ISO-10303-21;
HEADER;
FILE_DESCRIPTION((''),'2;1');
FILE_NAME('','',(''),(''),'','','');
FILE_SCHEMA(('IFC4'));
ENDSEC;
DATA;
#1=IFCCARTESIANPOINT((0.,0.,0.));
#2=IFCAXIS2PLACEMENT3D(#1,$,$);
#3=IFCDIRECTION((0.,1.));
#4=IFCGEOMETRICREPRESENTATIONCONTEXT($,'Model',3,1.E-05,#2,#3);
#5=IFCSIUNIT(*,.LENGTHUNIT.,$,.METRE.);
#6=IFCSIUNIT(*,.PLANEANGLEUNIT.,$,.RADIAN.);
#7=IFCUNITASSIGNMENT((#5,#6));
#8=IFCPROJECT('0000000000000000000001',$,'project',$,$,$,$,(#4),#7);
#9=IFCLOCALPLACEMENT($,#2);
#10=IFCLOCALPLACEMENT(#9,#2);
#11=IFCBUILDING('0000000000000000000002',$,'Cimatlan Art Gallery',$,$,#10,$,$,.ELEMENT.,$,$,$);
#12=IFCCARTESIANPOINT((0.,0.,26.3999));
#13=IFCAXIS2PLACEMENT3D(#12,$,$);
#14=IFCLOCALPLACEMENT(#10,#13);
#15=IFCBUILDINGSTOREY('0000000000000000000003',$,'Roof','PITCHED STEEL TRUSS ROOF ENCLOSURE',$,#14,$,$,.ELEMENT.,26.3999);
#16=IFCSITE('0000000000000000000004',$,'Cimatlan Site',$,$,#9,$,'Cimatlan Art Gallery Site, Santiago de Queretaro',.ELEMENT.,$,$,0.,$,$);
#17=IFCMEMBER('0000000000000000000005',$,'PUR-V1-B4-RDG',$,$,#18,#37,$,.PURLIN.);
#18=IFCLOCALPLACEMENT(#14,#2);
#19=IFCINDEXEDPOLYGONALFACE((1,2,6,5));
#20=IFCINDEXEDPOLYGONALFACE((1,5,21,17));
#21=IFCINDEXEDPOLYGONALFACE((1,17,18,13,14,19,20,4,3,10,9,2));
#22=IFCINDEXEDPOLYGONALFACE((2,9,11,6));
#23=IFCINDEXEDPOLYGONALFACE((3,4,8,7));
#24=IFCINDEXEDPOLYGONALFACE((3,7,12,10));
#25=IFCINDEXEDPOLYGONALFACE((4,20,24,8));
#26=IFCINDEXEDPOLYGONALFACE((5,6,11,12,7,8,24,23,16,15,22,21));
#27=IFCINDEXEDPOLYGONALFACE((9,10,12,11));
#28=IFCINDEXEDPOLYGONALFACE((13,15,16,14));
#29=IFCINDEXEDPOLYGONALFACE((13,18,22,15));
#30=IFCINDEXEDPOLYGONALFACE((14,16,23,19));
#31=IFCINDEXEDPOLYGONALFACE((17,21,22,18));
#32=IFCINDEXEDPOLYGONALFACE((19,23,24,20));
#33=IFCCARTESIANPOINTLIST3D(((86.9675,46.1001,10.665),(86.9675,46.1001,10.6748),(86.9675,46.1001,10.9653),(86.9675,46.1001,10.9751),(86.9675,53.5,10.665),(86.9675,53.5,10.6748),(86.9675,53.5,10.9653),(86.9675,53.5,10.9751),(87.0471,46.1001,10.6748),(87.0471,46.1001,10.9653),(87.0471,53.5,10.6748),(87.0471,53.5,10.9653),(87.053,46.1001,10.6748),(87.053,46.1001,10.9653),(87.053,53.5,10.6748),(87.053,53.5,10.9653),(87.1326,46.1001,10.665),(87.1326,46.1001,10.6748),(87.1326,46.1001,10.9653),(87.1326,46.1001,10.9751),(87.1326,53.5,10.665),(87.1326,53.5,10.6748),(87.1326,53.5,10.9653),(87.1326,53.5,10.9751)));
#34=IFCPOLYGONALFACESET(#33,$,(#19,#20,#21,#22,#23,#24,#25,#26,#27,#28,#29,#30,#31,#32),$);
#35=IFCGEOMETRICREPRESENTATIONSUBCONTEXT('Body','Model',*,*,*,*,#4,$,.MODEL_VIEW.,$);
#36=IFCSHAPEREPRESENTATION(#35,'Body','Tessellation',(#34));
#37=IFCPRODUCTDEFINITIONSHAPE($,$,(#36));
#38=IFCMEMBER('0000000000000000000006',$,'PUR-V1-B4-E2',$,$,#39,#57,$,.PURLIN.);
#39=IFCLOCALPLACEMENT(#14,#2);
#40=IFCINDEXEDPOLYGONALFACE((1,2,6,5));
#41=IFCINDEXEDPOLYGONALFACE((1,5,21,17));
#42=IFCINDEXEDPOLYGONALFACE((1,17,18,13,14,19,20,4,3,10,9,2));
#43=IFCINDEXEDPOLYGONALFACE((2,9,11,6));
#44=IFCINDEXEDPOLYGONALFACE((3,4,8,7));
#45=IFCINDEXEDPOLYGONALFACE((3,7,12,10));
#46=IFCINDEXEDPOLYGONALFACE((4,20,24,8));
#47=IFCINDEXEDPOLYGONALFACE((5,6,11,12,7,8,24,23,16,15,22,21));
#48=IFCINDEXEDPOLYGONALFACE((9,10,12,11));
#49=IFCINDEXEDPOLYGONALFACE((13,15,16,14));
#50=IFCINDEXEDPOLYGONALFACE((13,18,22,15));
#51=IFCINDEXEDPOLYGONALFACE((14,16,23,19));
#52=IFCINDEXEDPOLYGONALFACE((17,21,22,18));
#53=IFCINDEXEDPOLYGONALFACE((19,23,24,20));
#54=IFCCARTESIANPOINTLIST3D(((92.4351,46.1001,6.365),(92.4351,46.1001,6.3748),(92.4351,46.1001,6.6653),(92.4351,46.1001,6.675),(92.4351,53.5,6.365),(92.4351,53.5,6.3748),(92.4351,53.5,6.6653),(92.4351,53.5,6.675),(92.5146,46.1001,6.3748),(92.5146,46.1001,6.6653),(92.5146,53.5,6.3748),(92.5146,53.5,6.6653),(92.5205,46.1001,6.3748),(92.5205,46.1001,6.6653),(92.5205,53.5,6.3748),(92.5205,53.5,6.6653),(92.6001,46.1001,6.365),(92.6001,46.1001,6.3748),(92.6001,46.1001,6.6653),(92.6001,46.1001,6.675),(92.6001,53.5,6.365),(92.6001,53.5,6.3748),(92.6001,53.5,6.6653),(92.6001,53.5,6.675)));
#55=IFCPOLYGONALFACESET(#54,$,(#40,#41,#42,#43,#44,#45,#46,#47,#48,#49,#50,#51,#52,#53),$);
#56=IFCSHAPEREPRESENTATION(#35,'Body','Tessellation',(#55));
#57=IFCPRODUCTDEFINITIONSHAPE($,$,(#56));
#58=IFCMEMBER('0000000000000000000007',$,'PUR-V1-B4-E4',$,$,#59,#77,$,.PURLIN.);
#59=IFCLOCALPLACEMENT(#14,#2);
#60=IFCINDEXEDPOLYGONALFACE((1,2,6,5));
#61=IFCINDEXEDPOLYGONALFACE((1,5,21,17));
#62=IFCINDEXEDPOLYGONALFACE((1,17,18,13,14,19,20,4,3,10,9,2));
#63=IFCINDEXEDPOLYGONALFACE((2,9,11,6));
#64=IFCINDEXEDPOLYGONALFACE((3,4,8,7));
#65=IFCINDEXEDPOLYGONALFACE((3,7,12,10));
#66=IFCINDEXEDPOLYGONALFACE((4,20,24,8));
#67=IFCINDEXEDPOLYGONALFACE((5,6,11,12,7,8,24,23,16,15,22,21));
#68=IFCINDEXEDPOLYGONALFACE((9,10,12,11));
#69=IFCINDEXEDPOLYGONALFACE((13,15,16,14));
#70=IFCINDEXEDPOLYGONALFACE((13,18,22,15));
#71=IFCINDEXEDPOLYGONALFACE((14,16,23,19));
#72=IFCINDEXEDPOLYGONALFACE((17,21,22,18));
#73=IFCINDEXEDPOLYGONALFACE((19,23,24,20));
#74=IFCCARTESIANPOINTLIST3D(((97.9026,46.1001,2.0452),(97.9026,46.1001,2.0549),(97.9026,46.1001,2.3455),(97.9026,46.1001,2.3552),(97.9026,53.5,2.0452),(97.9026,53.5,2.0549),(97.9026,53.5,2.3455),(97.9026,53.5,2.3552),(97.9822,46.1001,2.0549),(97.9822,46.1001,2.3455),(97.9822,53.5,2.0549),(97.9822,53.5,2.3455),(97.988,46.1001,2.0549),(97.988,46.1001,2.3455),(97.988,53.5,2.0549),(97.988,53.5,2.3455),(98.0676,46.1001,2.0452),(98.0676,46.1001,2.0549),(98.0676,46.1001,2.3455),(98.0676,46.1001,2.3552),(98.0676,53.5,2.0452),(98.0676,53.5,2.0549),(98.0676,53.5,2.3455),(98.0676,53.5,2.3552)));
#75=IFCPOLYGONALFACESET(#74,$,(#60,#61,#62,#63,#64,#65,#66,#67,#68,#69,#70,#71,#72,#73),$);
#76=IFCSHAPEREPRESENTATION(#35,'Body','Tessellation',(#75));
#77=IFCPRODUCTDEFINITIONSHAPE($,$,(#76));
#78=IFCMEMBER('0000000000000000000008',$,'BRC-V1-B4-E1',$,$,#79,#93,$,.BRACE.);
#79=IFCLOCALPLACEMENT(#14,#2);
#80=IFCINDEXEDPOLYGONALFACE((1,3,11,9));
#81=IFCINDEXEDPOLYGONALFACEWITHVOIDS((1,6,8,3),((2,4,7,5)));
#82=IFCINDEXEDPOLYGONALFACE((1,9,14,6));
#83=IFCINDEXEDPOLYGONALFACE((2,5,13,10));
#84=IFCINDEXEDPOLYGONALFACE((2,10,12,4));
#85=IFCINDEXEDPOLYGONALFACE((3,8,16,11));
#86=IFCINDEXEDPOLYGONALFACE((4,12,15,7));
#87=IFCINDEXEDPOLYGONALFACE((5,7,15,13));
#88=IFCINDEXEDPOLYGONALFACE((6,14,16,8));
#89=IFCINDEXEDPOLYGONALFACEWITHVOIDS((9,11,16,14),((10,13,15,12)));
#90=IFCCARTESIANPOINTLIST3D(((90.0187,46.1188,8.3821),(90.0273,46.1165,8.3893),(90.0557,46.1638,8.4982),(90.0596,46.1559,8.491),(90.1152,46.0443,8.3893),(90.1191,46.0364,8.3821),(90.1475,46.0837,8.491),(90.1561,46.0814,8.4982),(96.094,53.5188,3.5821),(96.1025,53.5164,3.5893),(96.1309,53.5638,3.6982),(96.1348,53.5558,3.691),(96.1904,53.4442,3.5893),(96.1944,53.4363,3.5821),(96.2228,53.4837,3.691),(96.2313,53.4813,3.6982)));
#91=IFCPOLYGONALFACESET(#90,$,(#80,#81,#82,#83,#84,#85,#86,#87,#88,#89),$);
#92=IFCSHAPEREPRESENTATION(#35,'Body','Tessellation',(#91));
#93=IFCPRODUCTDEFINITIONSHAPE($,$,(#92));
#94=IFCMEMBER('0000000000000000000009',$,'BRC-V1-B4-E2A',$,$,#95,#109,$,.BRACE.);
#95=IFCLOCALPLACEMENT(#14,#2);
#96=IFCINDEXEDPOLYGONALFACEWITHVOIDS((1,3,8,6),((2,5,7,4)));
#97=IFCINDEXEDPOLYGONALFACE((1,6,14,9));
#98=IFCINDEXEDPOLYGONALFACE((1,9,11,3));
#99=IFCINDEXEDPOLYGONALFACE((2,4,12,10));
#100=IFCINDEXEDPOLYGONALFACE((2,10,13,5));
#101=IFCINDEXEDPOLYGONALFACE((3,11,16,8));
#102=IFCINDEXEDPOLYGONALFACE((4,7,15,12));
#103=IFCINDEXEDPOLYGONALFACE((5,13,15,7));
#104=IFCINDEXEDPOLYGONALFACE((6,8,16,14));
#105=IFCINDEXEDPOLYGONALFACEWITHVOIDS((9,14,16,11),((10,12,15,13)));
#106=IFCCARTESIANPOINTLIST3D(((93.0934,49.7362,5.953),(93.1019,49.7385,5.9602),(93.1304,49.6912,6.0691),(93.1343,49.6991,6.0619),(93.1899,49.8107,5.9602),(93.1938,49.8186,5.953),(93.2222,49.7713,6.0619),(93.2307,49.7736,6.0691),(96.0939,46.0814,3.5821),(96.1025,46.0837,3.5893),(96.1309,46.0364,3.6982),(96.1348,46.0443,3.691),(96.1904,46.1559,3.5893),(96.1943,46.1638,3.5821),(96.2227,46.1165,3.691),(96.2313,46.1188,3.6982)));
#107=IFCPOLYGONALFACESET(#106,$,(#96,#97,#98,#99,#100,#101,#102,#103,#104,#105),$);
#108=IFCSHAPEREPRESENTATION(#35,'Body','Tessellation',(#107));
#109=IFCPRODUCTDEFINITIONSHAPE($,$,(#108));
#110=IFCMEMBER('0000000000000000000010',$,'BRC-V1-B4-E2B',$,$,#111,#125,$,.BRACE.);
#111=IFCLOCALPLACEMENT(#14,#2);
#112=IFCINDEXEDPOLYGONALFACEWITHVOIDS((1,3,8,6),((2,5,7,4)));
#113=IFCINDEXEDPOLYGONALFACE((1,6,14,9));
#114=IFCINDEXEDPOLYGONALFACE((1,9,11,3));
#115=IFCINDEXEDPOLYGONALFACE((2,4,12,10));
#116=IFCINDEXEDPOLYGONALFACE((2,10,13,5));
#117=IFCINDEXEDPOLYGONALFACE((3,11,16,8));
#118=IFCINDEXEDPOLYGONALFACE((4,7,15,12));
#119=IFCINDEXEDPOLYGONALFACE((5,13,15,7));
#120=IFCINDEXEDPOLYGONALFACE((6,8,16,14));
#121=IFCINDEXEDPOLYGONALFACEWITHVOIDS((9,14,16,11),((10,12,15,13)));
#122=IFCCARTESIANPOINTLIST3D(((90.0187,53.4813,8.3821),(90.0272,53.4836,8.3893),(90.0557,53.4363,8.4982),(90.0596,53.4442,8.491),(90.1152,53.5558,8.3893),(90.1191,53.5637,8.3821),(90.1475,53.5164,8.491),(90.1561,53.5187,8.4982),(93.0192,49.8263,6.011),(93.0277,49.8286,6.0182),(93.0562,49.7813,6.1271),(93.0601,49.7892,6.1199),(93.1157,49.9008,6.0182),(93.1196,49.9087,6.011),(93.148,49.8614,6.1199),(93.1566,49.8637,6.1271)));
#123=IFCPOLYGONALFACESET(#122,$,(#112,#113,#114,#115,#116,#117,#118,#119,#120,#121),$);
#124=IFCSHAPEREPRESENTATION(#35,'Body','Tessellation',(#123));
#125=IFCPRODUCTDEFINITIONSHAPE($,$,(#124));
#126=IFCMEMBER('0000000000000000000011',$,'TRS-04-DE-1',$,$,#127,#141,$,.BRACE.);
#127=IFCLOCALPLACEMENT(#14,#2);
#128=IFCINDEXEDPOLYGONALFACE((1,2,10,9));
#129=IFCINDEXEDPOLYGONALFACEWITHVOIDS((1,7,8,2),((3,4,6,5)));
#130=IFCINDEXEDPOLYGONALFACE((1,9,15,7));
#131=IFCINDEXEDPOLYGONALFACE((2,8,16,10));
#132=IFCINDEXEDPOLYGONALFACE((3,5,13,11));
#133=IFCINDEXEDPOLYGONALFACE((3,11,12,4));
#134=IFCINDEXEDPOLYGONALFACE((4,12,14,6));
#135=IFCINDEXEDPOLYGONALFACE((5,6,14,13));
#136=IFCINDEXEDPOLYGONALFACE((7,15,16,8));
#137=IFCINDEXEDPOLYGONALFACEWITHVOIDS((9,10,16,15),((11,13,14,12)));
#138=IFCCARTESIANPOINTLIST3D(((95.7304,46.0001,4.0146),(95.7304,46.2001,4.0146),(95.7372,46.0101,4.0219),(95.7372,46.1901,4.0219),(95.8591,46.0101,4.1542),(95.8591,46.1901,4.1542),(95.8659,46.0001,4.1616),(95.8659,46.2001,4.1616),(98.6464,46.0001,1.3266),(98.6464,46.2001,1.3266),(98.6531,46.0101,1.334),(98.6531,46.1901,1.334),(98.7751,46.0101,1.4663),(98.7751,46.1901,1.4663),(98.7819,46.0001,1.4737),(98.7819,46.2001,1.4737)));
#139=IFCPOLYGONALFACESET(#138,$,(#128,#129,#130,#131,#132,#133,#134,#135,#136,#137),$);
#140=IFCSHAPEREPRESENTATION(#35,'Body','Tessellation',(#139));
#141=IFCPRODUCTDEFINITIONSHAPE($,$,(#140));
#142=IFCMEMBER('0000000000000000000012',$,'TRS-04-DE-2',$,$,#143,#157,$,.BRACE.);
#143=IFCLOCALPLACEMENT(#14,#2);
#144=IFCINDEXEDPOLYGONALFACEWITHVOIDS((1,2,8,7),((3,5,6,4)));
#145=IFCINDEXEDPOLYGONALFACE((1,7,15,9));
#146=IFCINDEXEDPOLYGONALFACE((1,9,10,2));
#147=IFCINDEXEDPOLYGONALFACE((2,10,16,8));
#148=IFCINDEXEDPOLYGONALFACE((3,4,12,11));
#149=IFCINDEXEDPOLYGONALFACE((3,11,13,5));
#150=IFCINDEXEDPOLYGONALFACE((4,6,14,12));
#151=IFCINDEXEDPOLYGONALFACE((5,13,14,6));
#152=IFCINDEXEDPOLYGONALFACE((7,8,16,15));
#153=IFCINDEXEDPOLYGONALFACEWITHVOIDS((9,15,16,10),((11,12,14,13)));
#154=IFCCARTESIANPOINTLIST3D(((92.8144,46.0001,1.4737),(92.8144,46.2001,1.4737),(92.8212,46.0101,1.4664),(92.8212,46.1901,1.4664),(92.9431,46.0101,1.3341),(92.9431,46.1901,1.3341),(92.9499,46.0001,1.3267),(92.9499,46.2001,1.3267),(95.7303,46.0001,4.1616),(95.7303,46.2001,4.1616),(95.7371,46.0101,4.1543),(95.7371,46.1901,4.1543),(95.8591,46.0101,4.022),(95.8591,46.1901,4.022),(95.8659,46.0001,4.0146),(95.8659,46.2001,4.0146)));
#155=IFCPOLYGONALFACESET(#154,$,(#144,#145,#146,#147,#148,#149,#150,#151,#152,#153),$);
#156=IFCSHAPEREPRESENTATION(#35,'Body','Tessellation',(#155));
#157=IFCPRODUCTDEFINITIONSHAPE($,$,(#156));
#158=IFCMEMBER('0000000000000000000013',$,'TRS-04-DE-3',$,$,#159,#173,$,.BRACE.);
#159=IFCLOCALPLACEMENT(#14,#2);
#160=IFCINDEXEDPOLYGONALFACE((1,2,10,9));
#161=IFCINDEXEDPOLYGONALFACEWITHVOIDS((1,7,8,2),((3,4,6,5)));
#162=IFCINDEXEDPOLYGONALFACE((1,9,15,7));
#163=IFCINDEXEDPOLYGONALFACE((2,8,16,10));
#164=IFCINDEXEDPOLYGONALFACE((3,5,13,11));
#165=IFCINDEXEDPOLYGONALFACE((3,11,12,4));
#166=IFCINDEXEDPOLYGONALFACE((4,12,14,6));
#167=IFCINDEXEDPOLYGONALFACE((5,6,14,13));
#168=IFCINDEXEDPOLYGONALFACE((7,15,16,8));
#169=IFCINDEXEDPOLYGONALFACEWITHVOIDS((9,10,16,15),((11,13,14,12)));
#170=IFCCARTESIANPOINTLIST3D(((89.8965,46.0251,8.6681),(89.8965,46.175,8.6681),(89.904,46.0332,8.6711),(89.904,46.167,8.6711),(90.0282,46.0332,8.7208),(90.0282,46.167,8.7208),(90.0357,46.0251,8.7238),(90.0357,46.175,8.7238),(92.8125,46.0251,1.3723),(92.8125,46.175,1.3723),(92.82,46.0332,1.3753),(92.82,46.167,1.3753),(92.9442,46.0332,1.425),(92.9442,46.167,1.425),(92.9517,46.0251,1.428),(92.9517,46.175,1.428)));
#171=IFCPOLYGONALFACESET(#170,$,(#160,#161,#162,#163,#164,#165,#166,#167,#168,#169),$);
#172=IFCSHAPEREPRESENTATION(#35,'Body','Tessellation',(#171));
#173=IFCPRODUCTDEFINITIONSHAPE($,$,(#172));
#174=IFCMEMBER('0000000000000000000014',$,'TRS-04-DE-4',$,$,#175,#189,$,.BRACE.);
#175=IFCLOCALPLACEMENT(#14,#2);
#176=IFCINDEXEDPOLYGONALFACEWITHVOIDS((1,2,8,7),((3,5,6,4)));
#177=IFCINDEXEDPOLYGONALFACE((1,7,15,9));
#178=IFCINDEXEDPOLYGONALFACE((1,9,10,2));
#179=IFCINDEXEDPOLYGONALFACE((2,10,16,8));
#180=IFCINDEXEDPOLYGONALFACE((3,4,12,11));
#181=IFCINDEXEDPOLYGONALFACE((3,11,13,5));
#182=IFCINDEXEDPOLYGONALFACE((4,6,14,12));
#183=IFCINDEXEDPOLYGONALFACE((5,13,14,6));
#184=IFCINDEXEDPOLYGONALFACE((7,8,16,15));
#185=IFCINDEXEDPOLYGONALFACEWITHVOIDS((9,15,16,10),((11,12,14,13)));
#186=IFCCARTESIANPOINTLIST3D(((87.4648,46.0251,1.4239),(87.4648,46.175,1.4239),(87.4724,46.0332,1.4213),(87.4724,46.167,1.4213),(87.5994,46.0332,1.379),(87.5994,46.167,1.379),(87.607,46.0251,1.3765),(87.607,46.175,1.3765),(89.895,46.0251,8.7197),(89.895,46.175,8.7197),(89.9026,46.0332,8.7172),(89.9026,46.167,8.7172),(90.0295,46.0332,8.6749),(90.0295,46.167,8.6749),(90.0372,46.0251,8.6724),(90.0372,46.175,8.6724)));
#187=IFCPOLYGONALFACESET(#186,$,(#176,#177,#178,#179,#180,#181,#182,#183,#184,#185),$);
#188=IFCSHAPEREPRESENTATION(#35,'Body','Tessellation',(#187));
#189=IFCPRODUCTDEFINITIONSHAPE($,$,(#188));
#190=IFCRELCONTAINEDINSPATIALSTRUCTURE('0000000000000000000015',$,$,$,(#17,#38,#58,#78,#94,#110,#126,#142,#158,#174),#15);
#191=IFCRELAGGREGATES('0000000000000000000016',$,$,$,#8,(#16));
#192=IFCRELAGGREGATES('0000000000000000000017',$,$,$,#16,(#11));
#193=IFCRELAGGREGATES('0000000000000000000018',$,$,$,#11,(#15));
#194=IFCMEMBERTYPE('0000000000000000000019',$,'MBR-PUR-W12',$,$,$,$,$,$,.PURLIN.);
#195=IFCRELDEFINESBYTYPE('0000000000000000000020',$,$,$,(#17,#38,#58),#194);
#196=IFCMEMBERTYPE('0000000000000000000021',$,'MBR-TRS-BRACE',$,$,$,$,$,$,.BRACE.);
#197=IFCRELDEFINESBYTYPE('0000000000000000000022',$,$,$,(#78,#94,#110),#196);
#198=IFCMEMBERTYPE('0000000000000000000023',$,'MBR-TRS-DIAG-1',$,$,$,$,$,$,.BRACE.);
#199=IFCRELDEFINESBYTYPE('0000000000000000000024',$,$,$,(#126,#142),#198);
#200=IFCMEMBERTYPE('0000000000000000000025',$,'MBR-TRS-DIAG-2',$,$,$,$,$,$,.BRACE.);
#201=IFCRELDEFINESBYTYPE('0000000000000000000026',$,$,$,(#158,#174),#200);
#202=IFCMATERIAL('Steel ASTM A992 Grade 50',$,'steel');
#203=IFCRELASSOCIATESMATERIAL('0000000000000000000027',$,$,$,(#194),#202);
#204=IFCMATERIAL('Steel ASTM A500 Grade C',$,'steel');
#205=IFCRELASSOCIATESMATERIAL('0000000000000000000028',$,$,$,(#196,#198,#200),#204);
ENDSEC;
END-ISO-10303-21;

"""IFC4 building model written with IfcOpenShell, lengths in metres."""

from ifc_helpers import new_model, si_unit, direction, frame, origin, origin_2d, place, context, subcontext, project, spatial, hollow_rectangle, i_section, extrude, material, material_profile, profile_set, type_object, element, save


model = new_model("IFC4")

# Units and contexts
model_context = context("Model", 3, precision=1e-05, world=origin(), true_north=direction((0.0, 1.0)))
body_context = subcontext(model_context, "Body", "Model", "MODEL_VIEW")
ifc_project = project(units=[si_unit("LENGTHUNIT", "METRE"), si_unit("PLANEANGLEUNIT", "RADIAN")], contexts=[model_context])

# Site, building, storey
site_placement = place(None, origin())
site = spatial("IfcSite", under=ifc_project, at=site_placement, Name="Cimatlan Site", LongName="Cimatlan Art Gallery Site, Santiago de Queretaro", CompositionType="ELEMENT", RefElevation=0.0)
building_placement = place(site_placement, origin())
building = spatial("IfcBuilding", under=site, at=building_placement, Name="Cimatlan Art Gallery", CompositionType="ELEMENT")
storey_placement = place(building_placement, frame((0.0, 0.0, 26.3999)))
storey = spatial("IfcBuildingStorey", under=building, at=storey_placement, Name="Roof", Description="PITCHED STEEL TRUSS ROOF ENCLOSURE", CompositionType="ELEMENT", Elevation=26.3999)

# Shared definitions
ifc_material_1 = material(Name="Steel ASTM A992 Grade 50", Category="steel")

# Members
ifc_material_2 = material(Name="Steel ASTM A500 Grade C", Category="steel")
ifc_material_profile_1 = material_profile(ifc_material_1, i_section(OverallWidth=0.165, OverallDepth=0.3101, WebThickness=0.0059, FlangeThickness=0.0098, at=origin_2d()), Name="W12X26")
ifc_profile_set_1 = profile_set([ifc_material_profile_1], Name="Steel ASTM A992 Grade 50")
member_type_1 = type_object("IfcMemberType", Name="MBR-PUR-W12", PredefinedType="PURLIN", material=ifc_profile_set_1)
for number, where, z_axis, x_axis, name in (
    (1, (87.05, 46.1001, 10.8201), (0.0, 1.0, 0.0), (-1.0, 0.0, 0.0), "PUR-V1-B4-RDG"),
    (2, (92.5176, 46.1001, 6.52), (0.0, 1.0, 0.0), (-1.0, 0.0, 0.0), "PUR-V1-B4-E2"),
    (3, (97.9851, 46.1001, 2.2002), (0.0, 1.0, 0.0), (-1.0, 0.0, 0.0), "PUR-V1-B4-E4"),
):
    element("IfcMember", number, at=place(storey_placement, frame(where, z_axis=z_axis, x_axis=x_axis)), inside=storey, type_object=member_type_1, Name=name, PredefinedType="PURLIN", context=body_context, shape_type="SweptSolid", body=[
        extrude(i_section(OverallWidth=0.165, OverallDepth=0.3101, WebThickness=0.0059, FlangeThickness=0.0098, at=origin_2d()), origin(), (0.0, 0.0, 1.0), 7.3999),
    ])
ifc_material_profile_2 = material_profile(ifc_material_2, hollow_rectangle(XDim=0.1299, YDim=0.1299, WallThickness=0.0081, at=origin_2d()), Name="HSS130X130X8")
ifc_profile_set_2 = profile_set([ifc_material_profile_2], Name="Steel ASTM A500 Grade C")
member_type_2 = type_object("IfcMemberType", Name="MBR-TRS-BRACE", PredefinedType="BRACE", material=ifc_profile_set_2)
member_1_placement = place(storey_placement, frame((90.0874, 46.1001, 8.4402), z_axis=(0.567238, 0.690925, -0.448178), x_axis=(-0.772895, 0.634534, 0.0)))
element("IfcMember", 4, at=member_1_placement, inside=storey, type_object=member_type_2, Name="BRC-V1-B4-E1", PredefinedType="BRACE", context=body_context, shape_type="SweptSolid", body=[
    extrude(hollow_rectangle(XDim=0.1299, YDim=0.1299, WallThickness=0.0081, at=origin_2d()), origin(), (0.0, 0.0, 1.0), 10.7102),
])
member_2_placement = place(storey_placement, frame((96.1626, 46.1001, 3.6401), z_axis=(-0.567228, 0.69092, 0.448198), x_axis=(-0.772898, -0.63453, 0.0)))
element("IfcMember", 5, at=member_2_placement, inside=storey, type_object=member_type_2, Name="BRC-V1-B4-E2A", PredefinedType="BRACE", context=body_context, shape_type="SweptSolid", body=[
    extrude(hollow_rectangle(XDim=0.1299, YDim=0.1299, WallThickness=0.0081, at=origin_2d()), origin(), (0.0, 0.0, 1.0), 5.2898),
])
member_3_placement = place(storey_placement, frame((93.0879, 49.845, 6.0691), z_axis=(-0.567198, 0.69093, 0.448221), x_axis=(-0.772919, -0.634505, 0.0)))
element("IfcMember", 6, at=member_3_placement, inside=storey, type_object=member_type_2, Name="BRC-V1-B4-E2B", PredefinedType="BRACE", context=body_context, shape_type="SweptSolid", body=[
    extrude(hollow_rectangle(XDim=0.1299, YDim=0.1299, WallThickness=0.0081, at=origin_2d()), origin(), (0.0, 0.0, 1.0), 5.29),
])
ifc_material_profile_3 = material_profile(ifc_material_2, hollow_rectangle(XDim=0.2, YDim=0.2, WallThickness=0.01, at=origin_2d()), Name="HSS200X200X10")
ifc_profile_set_3 = profile_set([ifc_material_profile_3], Name="Steel ASTM A500 Grade C")
member_type_3 = type_object("IfcMemberType", Name="MBR-TRS-DIAG-1", PredefinedType="BRACE", material=ifc_profile_set_3)
for number, where, z_axis, x_axis, name in (
    (7, (98.7141, 46.1001, 1.4001), (-0.735271, 0.0, 0.677774), (0.0, -1.0, 0.0), "TRS-04-DE-1"),
    (8, (95.7981, 46.1001, 4.0881), (-0.735271, 0.0, -0.677774), (0.0, -1.0, 0.0), "TRS-04-DE-2"),
):
    element("IfcMember", number, at=place(storey_placement, frame(where, z_axis=z_axis, x_axis=x_axis)), inside=storey, type_object=member_type_3, Name=name, PredefinedType="BRACE", context=body_context, shape_type="SweptSolid", body=[
        extrude(hollow_rectangle(XDim=0.2, YDim=0.2, WallThickness=0.01, at=origin_2d()), origin(), (0.0, 0.0, 1.0), 3.9658),
    ])
ifc_material_profile_4 = material_profile(ifc_material_2, hollow_rectangle(XDim=0.1499, YDim=0.1499, WallThickness=0.0081, at=origin_2d()), Name="HSS150X150X8")
ifc_profile_set_4 = profile_set([ifc_material_profile_4], Name="Steel ASTM A500 Grade C")
member_type_4 = type_object("IfcMemberType", Name="MBR-TRS-DIAG-2", PredefinedType="BRACE", material=ifc_profile_set_4)
member_4_placement = place(storey_placement, frame((92.8821, 46.1001, 1.4001), z_axis=(-0.371134, 0.0, 0.92858), x_axis=(0.0, -1.0, 0.0)))
element("IfcMember", 9, at=member_4_placement, inside=storey, type_object=member_type_4, Name="TRS-04-DE-3", PredefinedType="BRACE", context=body_context, shape_type="SweptSolid", body=[
    extrude(hollow_rectangle(XDim=0.1499, YDim=0.1499, WallThickness=0.0081, at=origin_2d()), origin(), (0.0, 0.0, 1.0), 7.8569),
])
member_5_placement = place(storey_placement, frame((89.9661, 46.1001, 8.696), z_axis=(-0.316018, 0.0, -0.948753), x_axis=(0.0, -1.0, 0.0)))
element("IfcMember", 10, at=member_5_placement, inside=storey, type_object=member_type_4, Name="TRS-04-DE-4", PredefinedType="BRACE", context=body_context, shape_type="SweptSolid", body=[
    extrude(hollow_rectangle(XDim=0.1499, YDim=0.1499, WallThickness=0.0081, at=origin_2d()), origin(), (0.0, 0.0, 1.0), 7.6899),
])

save(model, "model.ifc")
